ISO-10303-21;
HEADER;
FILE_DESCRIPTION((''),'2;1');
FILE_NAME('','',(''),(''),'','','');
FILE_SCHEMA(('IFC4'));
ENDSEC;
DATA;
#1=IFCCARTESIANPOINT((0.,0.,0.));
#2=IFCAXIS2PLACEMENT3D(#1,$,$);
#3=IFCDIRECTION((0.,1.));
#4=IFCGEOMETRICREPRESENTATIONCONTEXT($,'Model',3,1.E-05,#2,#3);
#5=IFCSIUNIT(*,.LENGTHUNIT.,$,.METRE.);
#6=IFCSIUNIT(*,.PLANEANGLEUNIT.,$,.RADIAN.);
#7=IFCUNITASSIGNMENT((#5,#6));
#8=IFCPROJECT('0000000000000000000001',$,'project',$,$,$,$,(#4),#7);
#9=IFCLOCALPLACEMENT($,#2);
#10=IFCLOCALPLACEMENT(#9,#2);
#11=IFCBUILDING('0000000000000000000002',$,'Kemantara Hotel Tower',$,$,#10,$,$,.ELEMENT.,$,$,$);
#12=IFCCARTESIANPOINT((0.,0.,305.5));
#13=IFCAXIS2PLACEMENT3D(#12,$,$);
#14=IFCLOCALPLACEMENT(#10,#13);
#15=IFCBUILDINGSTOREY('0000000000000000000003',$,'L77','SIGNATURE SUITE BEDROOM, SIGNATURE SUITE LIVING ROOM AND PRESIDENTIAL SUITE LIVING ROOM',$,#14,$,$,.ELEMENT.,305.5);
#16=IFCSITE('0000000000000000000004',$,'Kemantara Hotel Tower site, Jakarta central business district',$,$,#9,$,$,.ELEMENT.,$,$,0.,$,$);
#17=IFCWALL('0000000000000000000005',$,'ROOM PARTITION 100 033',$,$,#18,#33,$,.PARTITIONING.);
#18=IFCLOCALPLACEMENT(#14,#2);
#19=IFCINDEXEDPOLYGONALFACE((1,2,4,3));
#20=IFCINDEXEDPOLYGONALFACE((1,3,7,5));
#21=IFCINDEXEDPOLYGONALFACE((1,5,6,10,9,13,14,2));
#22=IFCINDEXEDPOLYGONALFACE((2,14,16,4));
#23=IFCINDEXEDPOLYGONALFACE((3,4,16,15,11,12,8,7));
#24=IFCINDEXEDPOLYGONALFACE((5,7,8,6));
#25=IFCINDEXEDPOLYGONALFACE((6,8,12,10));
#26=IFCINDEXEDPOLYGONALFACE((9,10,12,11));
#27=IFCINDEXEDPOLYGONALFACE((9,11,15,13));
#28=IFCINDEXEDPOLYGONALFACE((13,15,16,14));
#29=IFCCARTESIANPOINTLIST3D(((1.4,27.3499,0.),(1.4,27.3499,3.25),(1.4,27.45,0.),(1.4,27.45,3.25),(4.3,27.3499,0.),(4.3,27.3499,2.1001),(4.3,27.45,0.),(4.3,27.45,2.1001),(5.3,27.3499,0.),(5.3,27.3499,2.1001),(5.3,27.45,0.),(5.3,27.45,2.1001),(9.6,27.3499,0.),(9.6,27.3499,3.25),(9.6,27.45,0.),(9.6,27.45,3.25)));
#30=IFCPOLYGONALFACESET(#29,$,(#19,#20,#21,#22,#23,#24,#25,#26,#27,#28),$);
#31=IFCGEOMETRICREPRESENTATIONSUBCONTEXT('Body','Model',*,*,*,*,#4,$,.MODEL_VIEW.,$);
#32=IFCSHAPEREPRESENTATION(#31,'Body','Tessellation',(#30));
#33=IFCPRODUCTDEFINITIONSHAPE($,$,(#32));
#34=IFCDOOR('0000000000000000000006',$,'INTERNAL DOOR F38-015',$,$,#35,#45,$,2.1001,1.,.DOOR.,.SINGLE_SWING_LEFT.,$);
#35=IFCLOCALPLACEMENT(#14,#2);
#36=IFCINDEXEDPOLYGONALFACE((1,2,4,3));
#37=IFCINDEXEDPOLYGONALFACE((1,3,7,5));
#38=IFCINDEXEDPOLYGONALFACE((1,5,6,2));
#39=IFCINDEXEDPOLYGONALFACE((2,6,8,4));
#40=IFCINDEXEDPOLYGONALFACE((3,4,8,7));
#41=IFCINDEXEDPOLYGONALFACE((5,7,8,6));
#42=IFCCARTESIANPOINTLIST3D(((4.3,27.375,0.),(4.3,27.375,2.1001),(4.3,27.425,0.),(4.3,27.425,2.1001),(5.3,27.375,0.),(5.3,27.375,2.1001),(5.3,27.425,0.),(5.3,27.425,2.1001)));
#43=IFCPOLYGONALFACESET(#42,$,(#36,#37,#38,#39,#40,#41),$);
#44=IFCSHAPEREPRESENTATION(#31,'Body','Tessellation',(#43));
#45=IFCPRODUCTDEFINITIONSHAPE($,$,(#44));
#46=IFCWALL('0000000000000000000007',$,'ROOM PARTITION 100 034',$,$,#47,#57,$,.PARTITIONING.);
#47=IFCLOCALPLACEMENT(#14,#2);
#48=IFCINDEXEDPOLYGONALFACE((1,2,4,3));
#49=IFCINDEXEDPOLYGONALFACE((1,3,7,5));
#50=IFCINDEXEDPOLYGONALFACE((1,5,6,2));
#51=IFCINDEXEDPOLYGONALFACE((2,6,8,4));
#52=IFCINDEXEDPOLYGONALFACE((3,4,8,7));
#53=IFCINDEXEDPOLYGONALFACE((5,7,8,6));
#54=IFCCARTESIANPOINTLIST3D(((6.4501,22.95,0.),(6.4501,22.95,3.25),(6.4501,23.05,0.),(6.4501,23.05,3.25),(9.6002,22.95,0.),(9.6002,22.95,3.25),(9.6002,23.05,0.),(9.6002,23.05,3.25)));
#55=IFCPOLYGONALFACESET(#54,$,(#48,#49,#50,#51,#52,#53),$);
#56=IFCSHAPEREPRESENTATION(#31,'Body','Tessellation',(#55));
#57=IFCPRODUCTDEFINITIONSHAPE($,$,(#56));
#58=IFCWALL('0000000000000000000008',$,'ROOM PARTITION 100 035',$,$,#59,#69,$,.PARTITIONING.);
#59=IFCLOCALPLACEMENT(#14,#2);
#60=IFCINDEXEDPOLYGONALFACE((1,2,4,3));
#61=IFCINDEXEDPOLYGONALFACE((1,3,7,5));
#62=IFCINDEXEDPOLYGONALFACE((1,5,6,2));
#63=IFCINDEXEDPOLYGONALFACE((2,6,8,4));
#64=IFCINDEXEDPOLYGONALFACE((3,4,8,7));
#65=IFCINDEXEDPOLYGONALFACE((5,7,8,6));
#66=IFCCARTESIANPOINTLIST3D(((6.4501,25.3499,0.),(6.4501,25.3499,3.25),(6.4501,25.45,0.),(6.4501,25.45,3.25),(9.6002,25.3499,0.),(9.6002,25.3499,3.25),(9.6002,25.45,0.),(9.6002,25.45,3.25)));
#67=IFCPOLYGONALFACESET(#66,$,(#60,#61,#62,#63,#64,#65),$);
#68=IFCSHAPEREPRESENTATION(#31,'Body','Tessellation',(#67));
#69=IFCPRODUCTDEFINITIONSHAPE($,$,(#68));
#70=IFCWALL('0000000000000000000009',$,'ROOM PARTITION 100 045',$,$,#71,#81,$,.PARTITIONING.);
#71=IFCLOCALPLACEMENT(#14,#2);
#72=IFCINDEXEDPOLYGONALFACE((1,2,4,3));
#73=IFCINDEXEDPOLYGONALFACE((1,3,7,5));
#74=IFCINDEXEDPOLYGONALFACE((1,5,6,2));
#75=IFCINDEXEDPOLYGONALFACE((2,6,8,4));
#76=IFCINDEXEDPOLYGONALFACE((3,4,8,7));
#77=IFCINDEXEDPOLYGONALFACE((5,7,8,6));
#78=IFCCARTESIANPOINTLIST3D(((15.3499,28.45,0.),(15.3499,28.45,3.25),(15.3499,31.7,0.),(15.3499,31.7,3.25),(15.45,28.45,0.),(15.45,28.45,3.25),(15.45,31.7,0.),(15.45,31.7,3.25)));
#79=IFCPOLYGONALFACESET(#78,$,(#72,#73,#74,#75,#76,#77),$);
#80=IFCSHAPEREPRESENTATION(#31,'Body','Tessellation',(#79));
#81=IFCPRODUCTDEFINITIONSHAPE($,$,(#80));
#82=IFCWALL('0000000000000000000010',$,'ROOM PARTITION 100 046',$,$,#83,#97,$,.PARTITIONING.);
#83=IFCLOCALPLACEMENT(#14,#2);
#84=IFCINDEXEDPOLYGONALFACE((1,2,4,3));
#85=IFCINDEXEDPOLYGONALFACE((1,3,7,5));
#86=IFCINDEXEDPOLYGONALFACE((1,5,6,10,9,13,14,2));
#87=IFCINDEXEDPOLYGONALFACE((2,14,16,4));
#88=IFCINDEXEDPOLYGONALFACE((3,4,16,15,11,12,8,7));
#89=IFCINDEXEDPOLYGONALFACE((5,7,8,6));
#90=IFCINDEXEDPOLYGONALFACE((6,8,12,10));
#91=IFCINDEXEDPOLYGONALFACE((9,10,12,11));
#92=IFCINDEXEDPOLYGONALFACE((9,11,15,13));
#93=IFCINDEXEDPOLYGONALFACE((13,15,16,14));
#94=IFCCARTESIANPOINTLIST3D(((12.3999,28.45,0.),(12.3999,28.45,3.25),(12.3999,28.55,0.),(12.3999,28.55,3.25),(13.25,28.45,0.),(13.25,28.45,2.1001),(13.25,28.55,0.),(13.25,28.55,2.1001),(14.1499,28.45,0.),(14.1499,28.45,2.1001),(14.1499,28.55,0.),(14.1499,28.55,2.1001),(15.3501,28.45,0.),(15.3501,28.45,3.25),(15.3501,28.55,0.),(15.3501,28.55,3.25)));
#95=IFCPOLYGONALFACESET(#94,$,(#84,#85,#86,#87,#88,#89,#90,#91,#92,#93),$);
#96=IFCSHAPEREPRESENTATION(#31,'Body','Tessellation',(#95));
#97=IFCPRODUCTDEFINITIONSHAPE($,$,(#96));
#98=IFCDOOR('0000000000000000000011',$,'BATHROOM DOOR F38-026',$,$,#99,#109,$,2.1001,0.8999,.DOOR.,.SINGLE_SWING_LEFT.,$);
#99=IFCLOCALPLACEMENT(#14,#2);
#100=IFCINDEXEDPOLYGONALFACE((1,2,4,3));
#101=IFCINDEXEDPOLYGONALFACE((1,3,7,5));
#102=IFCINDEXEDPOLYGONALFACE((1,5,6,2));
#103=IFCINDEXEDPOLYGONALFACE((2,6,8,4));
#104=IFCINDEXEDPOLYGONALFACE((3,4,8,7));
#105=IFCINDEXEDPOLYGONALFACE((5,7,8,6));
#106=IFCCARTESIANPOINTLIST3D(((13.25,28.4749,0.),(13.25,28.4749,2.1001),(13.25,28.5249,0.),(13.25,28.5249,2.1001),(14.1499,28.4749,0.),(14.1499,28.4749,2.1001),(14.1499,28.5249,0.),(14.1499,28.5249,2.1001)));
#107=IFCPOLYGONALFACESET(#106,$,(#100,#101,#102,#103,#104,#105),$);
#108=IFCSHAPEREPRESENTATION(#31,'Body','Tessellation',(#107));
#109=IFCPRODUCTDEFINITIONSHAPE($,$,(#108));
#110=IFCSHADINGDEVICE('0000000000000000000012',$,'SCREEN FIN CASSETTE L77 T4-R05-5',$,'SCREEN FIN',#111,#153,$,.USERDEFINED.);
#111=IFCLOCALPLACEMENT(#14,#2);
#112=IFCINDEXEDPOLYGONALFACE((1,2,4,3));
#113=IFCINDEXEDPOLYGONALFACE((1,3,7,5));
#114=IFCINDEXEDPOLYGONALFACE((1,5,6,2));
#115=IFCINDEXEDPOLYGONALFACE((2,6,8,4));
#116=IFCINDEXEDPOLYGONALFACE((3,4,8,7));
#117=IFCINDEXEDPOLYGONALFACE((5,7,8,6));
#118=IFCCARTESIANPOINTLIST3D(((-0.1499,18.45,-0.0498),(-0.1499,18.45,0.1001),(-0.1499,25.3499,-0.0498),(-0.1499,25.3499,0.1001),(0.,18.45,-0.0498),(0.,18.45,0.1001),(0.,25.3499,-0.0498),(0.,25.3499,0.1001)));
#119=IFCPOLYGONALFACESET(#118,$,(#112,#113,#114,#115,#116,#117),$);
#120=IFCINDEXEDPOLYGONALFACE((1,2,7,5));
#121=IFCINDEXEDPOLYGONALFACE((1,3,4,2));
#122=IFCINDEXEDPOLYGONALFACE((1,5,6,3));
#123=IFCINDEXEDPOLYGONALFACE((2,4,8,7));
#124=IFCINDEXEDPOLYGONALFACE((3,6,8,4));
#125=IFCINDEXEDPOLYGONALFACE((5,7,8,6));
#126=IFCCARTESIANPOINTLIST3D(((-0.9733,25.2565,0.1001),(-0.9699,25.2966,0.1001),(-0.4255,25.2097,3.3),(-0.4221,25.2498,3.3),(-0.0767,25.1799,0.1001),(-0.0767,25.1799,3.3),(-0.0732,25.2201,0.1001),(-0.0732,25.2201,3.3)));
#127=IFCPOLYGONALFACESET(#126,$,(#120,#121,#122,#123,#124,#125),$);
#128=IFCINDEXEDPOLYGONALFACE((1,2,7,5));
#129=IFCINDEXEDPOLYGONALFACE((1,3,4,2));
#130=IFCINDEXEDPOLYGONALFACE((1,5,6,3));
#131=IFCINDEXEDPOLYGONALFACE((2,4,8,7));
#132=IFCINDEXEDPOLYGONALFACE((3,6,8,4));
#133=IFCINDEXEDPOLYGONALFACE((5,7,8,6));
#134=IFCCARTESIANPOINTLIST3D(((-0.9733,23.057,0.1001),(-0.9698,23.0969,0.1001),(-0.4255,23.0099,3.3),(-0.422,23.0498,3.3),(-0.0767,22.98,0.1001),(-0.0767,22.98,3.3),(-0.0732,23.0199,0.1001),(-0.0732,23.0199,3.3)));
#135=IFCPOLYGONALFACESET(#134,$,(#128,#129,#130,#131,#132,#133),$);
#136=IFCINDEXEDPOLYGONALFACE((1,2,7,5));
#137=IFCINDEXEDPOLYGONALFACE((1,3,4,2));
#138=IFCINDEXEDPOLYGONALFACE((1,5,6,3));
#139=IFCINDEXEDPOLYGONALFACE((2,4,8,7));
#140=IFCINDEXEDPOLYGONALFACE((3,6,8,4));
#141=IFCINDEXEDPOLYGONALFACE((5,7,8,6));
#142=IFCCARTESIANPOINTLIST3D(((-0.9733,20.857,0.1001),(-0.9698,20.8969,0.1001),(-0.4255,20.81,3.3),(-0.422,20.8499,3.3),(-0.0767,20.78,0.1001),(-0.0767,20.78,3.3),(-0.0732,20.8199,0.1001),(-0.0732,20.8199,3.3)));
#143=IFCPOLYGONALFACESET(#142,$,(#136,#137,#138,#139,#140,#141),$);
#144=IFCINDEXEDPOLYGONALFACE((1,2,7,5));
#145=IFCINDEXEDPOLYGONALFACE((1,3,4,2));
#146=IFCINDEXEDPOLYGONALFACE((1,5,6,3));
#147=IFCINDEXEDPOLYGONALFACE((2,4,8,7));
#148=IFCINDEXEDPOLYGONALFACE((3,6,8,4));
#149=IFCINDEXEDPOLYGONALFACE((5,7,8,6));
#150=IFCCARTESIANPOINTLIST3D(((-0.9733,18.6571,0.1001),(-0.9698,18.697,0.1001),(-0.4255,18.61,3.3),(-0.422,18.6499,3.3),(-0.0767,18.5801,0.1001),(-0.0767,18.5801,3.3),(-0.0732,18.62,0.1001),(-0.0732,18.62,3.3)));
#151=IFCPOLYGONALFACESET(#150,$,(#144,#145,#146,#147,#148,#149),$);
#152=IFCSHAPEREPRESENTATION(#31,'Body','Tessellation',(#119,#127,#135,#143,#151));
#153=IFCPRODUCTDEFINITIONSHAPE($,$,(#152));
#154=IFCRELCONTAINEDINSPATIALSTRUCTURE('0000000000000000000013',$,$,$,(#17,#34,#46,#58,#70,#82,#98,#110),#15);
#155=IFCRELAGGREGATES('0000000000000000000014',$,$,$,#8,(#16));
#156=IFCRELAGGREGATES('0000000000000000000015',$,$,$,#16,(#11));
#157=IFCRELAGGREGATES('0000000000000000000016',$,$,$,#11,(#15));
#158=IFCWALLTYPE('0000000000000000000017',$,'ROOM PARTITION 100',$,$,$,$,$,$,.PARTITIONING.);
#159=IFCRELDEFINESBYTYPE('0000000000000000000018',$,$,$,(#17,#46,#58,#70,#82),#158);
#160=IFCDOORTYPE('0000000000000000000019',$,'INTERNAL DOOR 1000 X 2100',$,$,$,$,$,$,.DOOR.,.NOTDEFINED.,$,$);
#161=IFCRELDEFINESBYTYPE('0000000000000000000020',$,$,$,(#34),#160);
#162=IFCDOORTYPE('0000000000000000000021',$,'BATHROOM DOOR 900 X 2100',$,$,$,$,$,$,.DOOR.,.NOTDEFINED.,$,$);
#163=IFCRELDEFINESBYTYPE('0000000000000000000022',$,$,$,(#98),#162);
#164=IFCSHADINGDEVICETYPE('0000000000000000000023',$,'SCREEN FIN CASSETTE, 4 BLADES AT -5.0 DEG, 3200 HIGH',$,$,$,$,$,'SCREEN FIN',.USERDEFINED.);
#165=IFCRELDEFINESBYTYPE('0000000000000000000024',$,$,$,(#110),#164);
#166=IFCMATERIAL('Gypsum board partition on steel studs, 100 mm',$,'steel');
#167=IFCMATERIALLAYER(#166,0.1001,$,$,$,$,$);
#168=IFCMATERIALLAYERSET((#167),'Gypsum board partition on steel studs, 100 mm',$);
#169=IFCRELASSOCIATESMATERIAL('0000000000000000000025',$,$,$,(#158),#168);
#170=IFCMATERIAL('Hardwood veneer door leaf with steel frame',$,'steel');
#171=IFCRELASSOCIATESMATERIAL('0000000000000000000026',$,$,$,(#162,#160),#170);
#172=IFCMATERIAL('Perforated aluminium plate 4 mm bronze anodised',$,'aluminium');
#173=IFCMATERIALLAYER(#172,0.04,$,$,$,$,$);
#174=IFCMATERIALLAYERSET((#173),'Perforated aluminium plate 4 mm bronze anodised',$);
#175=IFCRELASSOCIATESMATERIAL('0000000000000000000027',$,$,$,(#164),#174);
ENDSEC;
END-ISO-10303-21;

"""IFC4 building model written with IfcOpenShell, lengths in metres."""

from ifc_helpers import new_model, si_unit, direction, frame, frame_2d, origin, origin_2d, place, context, subcontext, project, spatial, polyline, rectangle, outline, extrude, source, transform, mapped, material, layer, layer_set, type_object, element, fill, save


model = new_model("IFC4")

# Units and contexts
model_context = context("Model", 3, precision=1e-05, world=origin(), true_north=direction((0.0, 1.0)))
body_context = subcontext(model_context, "Body", "Model", "MODEL_VIEW")
ifc_project = project(units=[si_unit("LENGTHUNIT", "METRE"), si_unit("PLANEANGLEUNIT", "RADIAN")], contexts=[model_context])

# Site, building, storey
site_placement = place(None, origin())
site = spatial("IfcSite", under=ifc_project, at=site_placement, Name="Kemantara Hotel Tower site, Jakarta central business district", CompositionType="ELEMENT", RefElevation=0.0)
building_placement = place(site_placement, origin())
building = spatial("IfcBuilding", under=site, at=building_placement, Name="Kemantara Hotel Tower", CompositionType="ELEMENT")
storey_placement = place(building_placement, frame((0.0, 0.0, 305.5)))
storey = spatial("IfcBuildingStorey", under=building, at=storey_placement, Name="L77", Description="SIGNATURE SUITE BEDROOM, SIGNATURE SUITE LIVING ROOM AND PRESIDENTIAL SUITE LIVING ROOM", CompositionType="ELEMENT", Elevation=305.5)

# Shared definitions
ifc_material_1 = material(Name="Hardwood veneer door leaf with steel frame", Category="steel")

# Shared definitions
ifc_material_2 = material(Name="Gypsum board partition on steel studs, 100 mm", Category="steel")
ifc_layer_1 = layer(ifc_material_2, 0.1001)
ifc_layer_set_1 = layer_set([ifc_layer_1], Name="Gypsum board partition on steel studs, 100 mm")
wall_type_1 = type_object("IfcWallType", Name="ROOM PARTITION 100", PredefinedType="PARTITIONING", material=ifc_layer_set_1)
door_type_1 = type_object("IfcDoorType", Name="BATHROOM DOOR 900 X 2100", OperationType="NOTDEFINED", PredefinedType="DOOR", material=ifc_material_1)

# Wall, opening, door
wall_1_placement = place(storey_placement, frame((9.6001, 27.3999, 0.0), z_axis=(0.0, 0.0, 1.0), x_axis=(-1.0, 0.0, 0.0)))
wall_1 = element("IfcWall", 1, at=wall_1_placement, inside=storey, type_object=wall_type_1, Name="ROOM PARTITION 100 033", PredefinedType="PARTITIONING", context=body_context, shape_type="SweptSolid", body=[
    extrude(rectangle(XDim=8.2, YDim=0.1001, at=frame_2d((4.1001, 0.0))), origin(), (0.0, 0.0, 1.0), 3.25),
])
opening_1_placement = place(wall_1_placement, frame((4.3, 0.0, 0.0)))
opening_1 = element("IfcOpeningElement", 2, at=opening_1_placement, cuts=wall_1, PredefinedType="OPENING", context=body_context, shape_type="SweptSolid", body=[
    extrude(rectangle(XDim=1.0, YDim=2.1001, at=frame_2d((0.5, 1.05))), frame((0.0, 0.0601, 0.0), z_axis=(0.0, -1.0, 0.0), x_axis=(1.0, 0.0, 0.0)), (0.0, 0.0, 1.0), 0.1201),
])
door_type_2 = type_object("IfcDoorType", Name="INTERNAL DOOR 1000 X 2100", OperationType="NOTDEFINED", PredefinedType="DOOR", material=ifc_material_1)
door_1_placement = place(opening_1_placement, origin())
door_1 = element("IfcDoor", 3, at=door_1_placement, inside=storey, type_object=door_type_2, Name="INTERNAL DOOR F38-015", OperationType="SINGLE_SWING_LEFT", OverallHeight=2.1001, OverallWidth=1.0, PredefinedType="DOOR", context=body_context, shape_type="SweptSolid", body=[
    extrude(rectangle(XDim=1.0, YDim=2.1001, at=frame_2d((0.5, 1.05))), frame((0.0, 0.0249, 0.0), z_axis=(0.0, -1.0, 0.0), x_axis=(1.0, 0.0, 0.0)), (0.0, 0.0, 1.0), 0.05),
])
fill(opening_1, door_1)

# Walls
for number, where, z_axis, x_axis, name in (
    (4, (6.45, 23.0, 0.0), (0.0, 0.0, 1.0), (1.0, 0.0, 0.0), "ROOM PARTITION 100 034"),
    (5, (6.45, 25.3999, 0.0), (0.0, 0.0, 1.0), (1.0, 0.0, 0.0), "ROOM PARTITION 100 035"),
):
    element("IfcWall", number, at=place(storey_placement, frame(where, z_axis=z_axis, x_axis=x_axis)), inside=storey, type_object=wall_type_1, Name=name, PredefinedType="PARTITIONING", context=body_context, shape_type="SweptSolid", body=[
        extrude(rectangle(XDim=3.1501, YDim=0.1001, at=frame_2d((1.5752, 0.0))), origin(), (0.0, 0.0, 1.0), 3.25),
    ])
wall_2_placement = place(storey_placement, frame((15.3999, 28.45, 0.0), z_axis=(0.0, 0.0, 1.0), x_axis=(0.0, 1.0, 0.0)))
element("IfcWall", 6, at=wall_2_placement, inside=storey, type_object=wall_type_1, Name="ROOM PARTITION 100 045", PredefinedType="PARTITIONING", context=body_context, shape_type="SweptSolid", body=[
    extrude(rectangle(XDim=3.25, YDim=0.1001, at=frame_2d((1.625, 0.0))), origin(), (0.0, 0.0, 1.0), 3.25),
])

# Wall, opening, door
wall_3_placement = place(storey_placement, frame((12.3999, 28.5, 0.0), z_axis=(0.0, 0.0, 1.0), x_axis=(1.0, 0.0, 0.0)))
wall_3 = element("IfcWall", 7, at=wall_3_placement, inside=storey, type_object=wall_type_1, Name="ROOM PARTITION 100 046", PredefinedType="PARTITIONING", context=body_context, shape_type="SweptSolid", body=[
    extrude(rectangle(XDim=2.9502, YDim=0.1001, at=frame_2d((1.4751, 0.0))), origin(), (0.0, 0.0, 1.0), 3.25),
])
opening_2_placement = place(wall_3_placement, frame((0.8501, 0.0, 0.0)))
opening_2 = element("IfcOpeningElement", 8, at=opening_2_placement, cuts=wall_3, PredefinedType="OPENING", context=body_context, shape_type="SweptSolid", body=[
    extrude(rectangle(XDim=0.8999, YDim=2.1001, at=frame_2d((0.45, 1.05))), frame((0.0, 0.0601, 0.0), z_axis=(0.0, -1.0, 0.0), x_axis=(1.0, 0.0, 0.0)), (0.0, 0.0, 1.0), 0.1201),
])
door_2_placement = place(opening_2_placement, origin())
door_2 = element("IfcDoor", 9, at=door_2_placement, inside=storey, type_object=door_type_1, Name="BATHROOM DOOR F38-026", OperationType="SINGLE_SWING_LEFT", OverallHeight=2.1001, OverallWidth=0.8999, PredefinedType="DOOR", context=body_context, shape_type="SweptSolid", body=[
    extrude(rectangle(XDim=0.8999, YDim=2.1001, at=frame_2d((0.45, 1.05))), frame((0.0, 0.0249, 0.0), z_axis=(0.0, -1.0, 0.0), x_axis=(1.0, 0.0, 0.0)), (0.0, 0.0, 1.0), 0.05),
])
fill(opening_2, door_2)

# Shading device
ifc_material_3 = material(Name="Perforated aluminium plate 4 mm bronze anodised", Category="aluminium")
ifc_layer_2 = layer(ifc_material_3, 0.04)
ifc_layer_set_2 = layer_set([ifc_layer_2], Name="Perforated aluminium plate 4 mm bronze anodised")
shading_device_type = type_object("IfcShadingDeviceType", Name="SCREEN FIN CASSETTE, 4 BLADES AT -5.0 DEG, 3200 HIGH", ElementType="SCREEN FIN", PredefinedType="USERDEFINED", material=ifc_layer_set_2)
shared_shape = source(origin(), body_context, "Body", "SweptSolid", [
    extrude(rectangle(XDim=6.8999, YDim=0.1499, at=origin_2d()), frame((3.3, -0.075, -0.1499), z_axis=(0.0, 0.0, 1.0), x_axis=(1.0, 0.0, 0.0)), (0.0, 0.0, 1.0), 0.1499),
    extrude(outline(polyline([(0.0, 0.0), (0.8999, 0.0), (0.3501, 3.2), (0.0, 3.2), (0.0, 0.0)])), frame((0.02, -0.0767, 0.0), z_axis=(-0.996376, 0.085056, 0.0), x_axis=(-0.085056, -0.996376, 0.0)), (0.0, 0.0, 1.0), 0.0403),
    extrude(outline(polyline([(0.0, 0.0), (0.8999, 0.0), (0.3501, 3.2), (0.0, 3.2), (0.0, 0.0)])), frame((2.22, -0.0767, 0.0), z_axis=(-0.996332, 0.085575, 0.0), x_axis=(-0.085575, -0.996332, 0.0)), (0.0, 0.0, 1.0), 0.04),
    extrude(outline(polyline([(0.0, 0.0), (0.8999, 0.0), (0.3501, 3.2), (0.0, 3.2), (0.0, 0.0)])), frame((4.4199, -0.0767, 0.0), z_axis=(-0.996332, 0.085575, 0.0), x_axis=(-0.085575, -0.996332, 0.0)), (0.0, 0.0, 1.0), 0.04),
    extrude(outline(polyline([(0.0, 0.0), (0.8999, 0.0), (0.3501, 3.2), (0.0, 3.2), (0.0, 0.0)])), frame((6.6199, -0.0767, 0.0), z_axis=(-0.996332, 0.085575, 0.0), x_axis=(-0.085575, -0.996332, 0.0)), (0.0, 0.0, 1.0), 0.04),
])
shading_device_placement = place(storey_placement, frame((0.0, 25.2, 0.1001), z_axis=(0.0, 0.0, 1.0), x_axis=(0.0, -1.0, 0.0)))
element("IfcShadingDevice", 10, at=shading_device_placement, inside=storey, type_object=shading_device_type, Name="SCREEN FIN CASSETTE L77 T4-R05-5", ObjectType="SCREEN FIN", PredefinedType="USERDEFINED", context=body_context, shape_type="MappedRepresentation", body=[
    mapped(shared_shape, transform((0.0, 0.0, 0.0))),
])

save(model, "model.ifc")
